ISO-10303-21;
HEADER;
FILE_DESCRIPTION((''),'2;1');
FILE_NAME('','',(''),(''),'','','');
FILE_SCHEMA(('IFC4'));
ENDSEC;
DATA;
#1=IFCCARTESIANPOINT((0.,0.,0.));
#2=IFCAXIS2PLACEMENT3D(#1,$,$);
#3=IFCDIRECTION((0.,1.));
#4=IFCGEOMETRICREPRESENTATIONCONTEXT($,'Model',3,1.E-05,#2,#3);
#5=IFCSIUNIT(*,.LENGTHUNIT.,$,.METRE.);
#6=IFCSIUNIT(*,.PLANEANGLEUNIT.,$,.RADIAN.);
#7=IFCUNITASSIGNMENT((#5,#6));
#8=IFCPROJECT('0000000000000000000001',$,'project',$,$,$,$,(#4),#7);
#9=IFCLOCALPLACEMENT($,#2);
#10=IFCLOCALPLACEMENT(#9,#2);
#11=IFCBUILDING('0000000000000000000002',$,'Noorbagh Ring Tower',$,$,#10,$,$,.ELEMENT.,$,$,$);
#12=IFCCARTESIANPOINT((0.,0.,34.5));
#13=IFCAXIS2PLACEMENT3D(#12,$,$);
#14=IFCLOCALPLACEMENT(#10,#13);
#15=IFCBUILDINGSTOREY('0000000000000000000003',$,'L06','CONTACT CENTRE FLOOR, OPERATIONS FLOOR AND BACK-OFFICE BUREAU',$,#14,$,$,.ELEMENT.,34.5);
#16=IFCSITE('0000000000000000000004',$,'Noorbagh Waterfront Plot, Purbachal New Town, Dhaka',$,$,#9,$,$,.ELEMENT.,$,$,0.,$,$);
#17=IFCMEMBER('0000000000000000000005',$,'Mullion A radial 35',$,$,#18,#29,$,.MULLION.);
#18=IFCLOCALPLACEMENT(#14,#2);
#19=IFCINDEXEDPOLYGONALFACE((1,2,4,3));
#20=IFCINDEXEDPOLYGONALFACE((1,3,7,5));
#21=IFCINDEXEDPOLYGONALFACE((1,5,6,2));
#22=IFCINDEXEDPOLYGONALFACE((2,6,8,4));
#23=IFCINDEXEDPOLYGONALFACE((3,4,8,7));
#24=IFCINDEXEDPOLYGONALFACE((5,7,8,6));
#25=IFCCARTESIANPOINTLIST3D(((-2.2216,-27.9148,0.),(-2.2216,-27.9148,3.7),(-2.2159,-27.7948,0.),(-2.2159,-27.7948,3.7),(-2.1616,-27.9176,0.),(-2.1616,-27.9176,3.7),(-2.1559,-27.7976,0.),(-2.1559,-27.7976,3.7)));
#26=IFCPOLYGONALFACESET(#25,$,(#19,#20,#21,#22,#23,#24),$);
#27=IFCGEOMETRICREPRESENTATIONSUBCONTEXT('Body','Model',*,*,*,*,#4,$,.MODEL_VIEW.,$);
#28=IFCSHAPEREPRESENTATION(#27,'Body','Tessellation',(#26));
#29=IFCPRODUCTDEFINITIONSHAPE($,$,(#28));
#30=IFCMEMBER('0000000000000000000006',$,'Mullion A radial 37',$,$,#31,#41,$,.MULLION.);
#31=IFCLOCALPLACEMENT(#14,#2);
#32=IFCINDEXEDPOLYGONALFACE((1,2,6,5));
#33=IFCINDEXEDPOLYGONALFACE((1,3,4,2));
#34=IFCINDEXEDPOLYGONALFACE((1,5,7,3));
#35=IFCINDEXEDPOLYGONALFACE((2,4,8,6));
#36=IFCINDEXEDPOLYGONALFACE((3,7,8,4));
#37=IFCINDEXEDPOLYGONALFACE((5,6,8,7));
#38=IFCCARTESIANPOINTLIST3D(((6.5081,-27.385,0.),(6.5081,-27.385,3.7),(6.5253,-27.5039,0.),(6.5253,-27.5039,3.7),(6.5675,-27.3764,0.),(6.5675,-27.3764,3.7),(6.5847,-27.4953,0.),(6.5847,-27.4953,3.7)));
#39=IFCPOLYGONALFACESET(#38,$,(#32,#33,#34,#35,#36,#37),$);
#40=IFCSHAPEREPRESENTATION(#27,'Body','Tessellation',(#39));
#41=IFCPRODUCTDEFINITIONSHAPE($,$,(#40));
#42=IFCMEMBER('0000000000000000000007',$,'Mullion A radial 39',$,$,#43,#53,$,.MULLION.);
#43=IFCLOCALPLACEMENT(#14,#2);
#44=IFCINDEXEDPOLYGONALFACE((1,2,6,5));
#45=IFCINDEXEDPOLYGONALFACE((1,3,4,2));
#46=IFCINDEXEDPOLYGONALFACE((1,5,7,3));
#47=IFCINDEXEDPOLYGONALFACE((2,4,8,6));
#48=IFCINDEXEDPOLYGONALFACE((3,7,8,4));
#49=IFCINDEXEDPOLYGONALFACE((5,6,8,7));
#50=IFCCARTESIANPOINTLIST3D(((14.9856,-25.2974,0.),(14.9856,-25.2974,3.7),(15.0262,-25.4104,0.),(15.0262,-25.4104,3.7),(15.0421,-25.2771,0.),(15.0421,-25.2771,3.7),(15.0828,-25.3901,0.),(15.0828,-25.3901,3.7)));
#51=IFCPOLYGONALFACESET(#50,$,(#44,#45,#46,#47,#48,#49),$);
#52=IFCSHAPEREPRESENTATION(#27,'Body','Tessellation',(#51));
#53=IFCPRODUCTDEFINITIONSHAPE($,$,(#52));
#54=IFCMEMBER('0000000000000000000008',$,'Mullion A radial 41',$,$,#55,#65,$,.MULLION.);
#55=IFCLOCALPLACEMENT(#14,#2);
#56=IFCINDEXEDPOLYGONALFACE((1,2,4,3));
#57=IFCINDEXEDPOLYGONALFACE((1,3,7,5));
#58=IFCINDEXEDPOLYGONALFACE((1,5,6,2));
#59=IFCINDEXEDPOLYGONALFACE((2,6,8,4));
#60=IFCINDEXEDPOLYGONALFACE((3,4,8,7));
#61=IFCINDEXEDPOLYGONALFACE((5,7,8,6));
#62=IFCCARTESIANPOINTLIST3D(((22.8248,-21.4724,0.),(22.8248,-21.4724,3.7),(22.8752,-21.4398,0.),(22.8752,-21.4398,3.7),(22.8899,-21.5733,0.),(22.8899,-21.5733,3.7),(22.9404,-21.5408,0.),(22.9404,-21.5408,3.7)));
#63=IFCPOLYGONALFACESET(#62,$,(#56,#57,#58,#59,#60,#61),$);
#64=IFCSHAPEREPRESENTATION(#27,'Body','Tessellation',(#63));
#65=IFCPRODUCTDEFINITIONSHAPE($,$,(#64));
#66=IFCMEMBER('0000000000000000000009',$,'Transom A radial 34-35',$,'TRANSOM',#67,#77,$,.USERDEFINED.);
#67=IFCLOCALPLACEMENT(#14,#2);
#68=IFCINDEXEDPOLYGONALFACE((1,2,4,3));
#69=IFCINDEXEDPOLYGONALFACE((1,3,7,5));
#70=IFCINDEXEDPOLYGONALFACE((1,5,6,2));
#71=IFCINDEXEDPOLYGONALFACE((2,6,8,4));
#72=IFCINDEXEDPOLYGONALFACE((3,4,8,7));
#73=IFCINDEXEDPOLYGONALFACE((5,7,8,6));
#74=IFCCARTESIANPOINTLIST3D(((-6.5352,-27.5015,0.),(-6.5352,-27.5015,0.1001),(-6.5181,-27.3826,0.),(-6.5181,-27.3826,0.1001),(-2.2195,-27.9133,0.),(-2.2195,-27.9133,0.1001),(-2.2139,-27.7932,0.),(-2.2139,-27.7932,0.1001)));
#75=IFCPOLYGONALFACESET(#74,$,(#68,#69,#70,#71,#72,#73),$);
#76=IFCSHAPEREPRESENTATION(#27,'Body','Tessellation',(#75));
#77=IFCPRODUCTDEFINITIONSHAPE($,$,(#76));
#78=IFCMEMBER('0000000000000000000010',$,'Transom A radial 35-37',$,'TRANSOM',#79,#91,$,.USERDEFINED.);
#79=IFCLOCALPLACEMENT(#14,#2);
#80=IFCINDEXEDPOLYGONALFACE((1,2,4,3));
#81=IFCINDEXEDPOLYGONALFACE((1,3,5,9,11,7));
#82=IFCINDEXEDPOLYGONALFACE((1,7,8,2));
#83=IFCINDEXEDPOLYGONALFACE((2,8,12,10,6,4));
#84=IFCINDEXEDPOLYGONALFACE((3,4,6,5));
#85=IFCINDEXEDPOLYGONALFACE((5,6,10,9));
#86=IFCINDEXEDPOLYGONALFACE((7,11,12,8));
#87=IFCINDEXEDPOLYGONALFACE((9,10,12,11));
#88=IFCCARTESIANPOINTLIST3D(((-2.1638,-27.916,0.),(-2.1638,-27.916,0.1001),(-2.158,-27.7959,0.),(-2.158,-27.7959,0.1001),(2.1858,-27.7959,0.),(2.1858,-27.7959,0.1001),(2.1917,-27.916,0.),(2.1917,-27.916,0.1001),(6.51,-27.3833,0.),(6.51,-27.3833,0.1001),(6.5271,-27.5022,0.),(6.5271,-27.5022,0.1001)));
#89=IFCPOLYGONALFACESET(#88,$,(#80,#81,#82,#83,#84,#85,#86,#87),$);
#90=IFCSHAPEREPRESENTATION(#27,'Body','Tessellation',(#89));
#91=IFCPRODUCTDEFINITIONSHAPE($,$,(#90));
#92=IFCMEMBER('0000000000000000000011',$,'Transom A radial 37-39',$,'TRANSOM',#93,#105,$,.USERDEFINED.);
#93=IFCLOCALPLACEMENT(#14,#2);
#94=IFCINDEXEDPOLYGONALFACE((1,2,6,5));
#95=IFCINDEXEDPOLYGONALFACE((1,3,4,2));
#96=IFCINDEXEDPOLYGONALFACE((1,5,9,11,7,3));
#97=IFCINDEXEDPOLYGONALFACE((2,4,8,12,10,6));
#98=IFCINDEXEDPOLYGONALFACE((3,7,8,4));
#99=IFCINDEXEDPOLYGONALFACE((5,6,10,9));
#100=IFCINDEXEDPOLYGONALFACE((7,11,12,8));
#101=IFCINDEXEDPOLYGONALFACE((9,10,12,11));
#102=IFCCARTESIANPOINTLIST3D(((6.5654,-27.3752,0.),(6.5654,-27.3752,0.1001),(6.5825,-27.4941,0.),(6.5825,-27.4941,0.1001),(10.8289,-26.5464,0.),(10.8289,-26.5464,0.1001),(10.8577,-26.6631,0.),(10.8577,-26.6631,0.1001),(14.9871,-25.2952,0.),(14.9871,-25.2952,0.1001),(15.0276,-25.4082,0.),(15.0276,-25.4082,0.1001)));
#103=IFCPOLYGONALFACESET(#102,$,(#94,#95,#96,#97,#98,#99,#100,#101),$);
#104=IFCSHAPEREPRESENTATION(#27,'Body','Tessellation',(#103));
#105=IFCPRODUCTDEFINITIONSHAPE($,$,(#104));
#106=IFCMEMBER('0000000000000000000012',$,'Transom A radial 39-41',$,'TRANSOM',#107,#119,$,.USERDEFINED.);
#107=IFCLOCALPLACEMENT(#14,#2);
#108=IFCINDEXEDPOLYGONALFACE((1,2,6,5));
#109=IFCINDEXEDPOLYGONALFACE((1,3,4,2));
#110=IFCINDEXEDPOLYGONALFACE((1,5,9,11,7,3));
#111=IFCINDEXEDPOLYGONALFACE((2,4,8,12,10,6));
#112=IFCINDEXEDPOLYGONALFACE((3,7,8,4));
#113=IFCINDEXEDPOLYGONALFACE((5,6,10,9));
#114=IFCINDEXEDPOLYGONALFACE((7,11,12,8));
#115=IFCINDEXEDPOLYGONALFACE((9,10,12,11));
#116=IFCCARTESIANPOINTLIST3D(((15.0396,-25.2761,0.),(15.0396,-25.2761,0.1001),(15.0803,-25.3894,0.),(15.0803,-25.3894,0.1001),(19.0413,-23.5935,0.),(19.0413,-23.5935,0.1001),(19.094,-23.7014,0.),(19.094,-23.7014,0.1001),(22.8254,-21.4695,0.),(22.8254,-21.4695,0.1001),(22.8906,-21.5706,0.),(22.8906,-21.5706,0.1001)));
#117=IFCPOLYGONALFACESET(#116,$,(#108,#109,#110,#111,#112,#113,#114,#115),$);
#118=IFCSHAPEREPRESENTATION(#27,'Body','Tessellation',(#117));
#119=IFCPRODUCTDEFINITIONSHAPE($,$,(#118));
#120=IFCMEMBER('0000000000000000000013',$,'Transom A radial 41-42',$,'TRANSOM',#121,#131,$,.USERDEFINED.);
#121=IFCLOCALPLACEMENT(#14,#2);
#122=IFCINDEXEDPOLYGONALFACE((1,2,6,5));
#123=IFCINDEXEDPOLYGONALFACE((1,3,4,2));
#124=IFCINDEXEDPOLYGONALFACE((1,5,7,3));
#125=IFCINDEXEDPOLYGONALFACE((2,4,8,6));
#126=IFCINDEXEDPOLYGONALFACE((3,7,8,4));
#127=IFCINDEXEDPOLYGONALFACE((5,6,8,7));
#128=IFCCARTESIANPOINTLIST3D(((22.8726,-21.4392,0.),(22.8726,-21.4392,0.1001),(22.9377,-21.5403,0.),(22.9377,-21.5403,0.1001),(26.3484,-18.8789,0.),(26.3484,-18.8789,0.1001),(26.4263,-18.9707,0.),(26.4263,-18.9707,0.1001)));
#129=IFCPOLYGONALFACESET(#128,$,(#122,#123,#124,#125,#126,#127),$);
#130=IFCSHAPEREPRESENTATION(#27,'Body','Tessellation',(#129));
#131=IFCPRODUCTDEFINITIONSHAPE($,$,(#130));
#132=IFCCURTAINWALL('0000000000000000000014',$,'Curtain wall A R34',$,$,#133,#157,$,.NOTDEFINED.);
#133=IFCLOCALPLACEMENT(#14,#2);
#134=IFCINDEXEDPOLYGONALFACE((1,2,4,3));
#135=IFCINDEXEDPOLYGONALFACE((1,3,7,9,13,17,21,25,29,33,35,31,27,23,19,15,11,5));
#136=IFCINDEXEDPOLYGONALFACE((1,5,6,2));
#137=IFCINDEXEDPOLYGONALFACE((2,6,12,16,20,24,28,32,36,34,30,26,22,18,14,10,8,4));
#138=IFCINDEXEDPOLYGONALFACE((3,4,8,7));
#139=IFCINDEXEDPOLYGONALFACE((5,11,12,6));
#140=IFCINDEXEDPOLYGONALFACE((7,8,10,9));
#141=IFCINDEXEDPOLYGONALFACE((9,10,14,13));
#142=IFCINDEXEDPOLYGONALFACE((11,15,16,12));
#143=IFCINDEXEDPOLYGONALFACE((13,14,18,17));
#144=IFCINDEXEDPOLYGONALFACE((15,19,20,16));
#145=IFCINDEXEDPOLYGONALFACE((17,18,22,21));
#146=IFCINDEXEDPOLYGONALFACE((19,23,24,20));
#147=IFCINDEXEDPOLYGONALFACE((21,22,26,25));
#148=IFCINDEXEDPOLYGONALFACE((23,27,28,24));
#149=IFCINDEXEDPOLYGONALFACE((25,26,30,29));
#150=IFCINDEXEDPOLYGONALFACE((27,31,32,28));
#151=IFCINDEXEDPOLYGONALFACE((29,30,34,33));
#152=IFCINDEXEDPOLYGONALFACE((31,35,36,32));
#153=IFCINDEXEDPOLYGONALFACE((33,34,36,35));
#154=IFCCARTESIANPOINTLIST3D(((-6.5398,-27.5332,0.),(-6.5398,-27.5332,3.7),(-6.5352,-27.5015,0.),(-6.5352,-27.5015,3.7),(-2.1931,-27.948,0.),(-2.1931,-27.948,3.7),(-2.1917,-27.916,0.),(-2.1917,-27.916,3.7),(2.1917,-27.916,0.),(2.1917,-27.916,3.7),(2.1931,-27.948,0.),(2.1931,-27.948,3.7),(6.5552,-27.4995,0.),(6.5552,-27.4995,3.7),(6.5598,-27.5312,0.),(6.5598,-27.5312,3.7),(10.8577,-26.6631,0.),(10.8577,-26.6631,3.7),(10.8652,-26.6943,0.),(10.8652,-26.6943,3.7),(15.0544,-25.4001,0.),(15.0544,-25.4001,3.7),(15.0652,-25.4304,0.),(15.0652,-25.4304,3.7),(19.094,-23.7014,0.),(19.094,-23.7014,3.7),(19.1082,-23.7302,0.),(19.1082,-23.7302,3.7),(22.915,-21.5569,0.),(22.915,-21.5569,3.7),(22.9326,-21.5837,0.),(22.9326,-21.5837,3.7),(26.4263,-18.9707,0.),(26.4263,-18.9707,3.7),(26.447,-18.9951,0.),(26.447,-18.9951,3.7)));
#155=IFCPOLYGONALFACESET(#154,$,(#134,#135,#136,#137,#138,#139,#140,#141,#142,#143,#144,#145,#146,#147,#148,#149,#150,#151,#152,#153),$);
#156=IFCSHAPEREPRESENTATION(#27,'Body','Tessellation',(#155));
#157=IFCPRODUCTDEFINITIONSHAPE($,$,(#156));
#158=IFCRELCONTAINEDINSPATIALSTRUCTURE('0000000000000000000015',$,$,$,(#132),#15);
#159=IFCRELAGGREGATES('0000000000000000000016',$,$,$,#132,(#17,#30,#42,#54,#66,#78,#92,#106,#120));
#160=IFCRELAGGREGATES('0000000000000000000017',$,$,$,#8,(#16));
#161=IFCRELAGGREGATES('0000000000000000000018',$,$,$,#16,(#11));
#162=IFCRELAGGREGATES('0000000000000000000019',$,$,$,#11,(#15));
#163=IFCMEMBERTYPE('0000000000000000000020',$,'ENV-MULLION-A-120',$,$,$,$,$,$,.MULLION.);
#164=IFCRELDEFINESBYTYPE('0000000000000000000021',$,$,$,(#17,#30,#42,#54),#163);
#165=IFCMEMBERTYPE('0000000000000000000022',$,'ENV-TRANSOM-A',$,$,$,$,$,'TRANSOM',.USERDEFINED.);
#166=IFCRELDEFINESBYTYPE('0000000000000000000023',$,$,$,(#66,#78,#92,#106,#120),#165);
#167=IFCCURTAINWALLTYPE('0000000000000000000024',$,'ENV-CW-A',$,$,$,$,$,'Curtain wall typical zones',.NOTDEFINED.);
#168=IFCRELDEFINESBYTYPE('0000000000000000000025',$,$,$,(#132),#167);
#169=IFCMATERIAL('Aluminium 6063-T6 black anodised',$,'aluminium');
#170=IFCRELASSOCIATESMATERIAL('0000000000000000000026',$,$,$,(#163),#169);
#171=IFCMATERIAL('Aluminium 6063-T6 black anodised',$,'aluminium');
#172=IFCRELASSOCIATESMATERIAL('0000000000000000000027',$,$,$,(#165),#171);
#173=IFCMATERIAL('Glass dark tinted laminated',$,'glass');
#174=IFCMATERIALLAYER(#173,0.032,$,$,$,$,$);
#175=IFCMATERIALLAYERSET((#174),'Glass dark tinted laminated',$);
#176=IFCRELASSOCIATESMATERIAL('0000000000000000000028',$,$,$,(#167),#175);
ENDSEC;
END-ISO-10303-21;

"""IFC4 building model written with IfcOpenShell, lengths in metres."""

from ifc_helpers import new_model, si_unit, direction, frame, origin, origin_2d, place, context, subcontext, project, spatial, polyline, rectangle, outline, extrude, material, layer, layer_set, material_profile, profile_set, type_object, element, aggregate, save


model = new_model("IFC4")

# Units and contexts
model_context = context("Model", 3, precision=1e-05, world=origin(), true_north=direction((0.0, 1.0)))
body_context = subcontext(model_context, "Body", "Model", "MODEL_VIEW")
ifc_project = project(units=[si_unit("LENGTHUNIT", "METRE"), si_unit("PLANEANGLEUNIT", "RADIAN")], contexts=[model_context])

# Members
ifc_material_1 = material(Name="Aluminium 6063-T6 black anodised", Category="aluminium")
ifc_material_profile = material_profile(ifc_material_1, rectangle(XDim=0.1201, YDim=0.0601, at=origin_2d()), Name="120x60")
ifc_profile_set = profile_set([ifc_material_profile], Name="Aluminium 6063-T6 black anodised")
member_type_1 = type_object("IfcMemberType", Name="ENV-MULLION-A-120", PredefinedType="MULLION", material=ifc_profile_set)
site_placement = place(None, origin())
building_placement = place(site_placement, origin())
storey_placement = place(building_placement, frame((0.0, 0.0, 34.5)))
member_1_placement = place(storey_placement, frame((-2.1887, -27.8562, 0.0), z_axis=(0.0, 0.0, 1.0), x_axis=(0.047558, 0.998868, 0.0)))
member_1 = element("IfcMember", 1, at=member_1_placement, type_object=member_type_1, Name="Mullion A radial 35", PredefinedType="MULLION", context=body_context, shape_type="SweptSolid", body=[
    extrude(rectangle(XDim=0.1201, YDim=0.0601, at=origin_2d()), origin(), (0.0, 0.0, 1.0), 3.7),
])
member_2_placement = place(storey_placement, frame((6.5464, -27.4402, 0.0), z_axis=(0.0, 0.0, 1.0), x_axis=(-0.143082, 0.989711, 0.0)))
member_2 = element("IfcMember", 2, at=member_2_placement, type_object=member_type_1, Name="Mullion A radial 37", PredefinedType="MULLION", context=body_context, shape_type="SweptSolid", body=[
    extrude(rectangle(XDim=0.1201, YDim=0.0601, at=origin_2d()), origin(), (0.0, 0.0, 1.0), 3.7),
])
member_3_placement = place(storey_placement, frame((15.0342, -25.3438, 0.0), z_axis=(0.0, 0.0, 1.0), x_axis=(-0.338379, 0.94101, 0.0)))
member_3 = element("IfcMember", 3, at=member_3_placement, type_object=member_type_1, Name="Mullion A radial 39", PredefinedType="MULLION", context=body_context, shape_type="SweptSolid", body=[
    extrude(rectangle(XDim=0.1201, YDim=0.0601, at=origin_2d()), origin(), (0.0, 0.0, 1.0), 3.7),
])
member_4_placement = place(storey_placement, frame((22.8826, -21.5066, 0.0), z_axis=(0.0, 0.0, 1.0), x_axis=(-0.542279, 0.840198, 0.0)))
member_4 = element("IfcMember", 4, at=member_4_placement, type_object=member_type_1, Name="Mullion A radial 41", PredefinedType="MULLION", context=body_context, shape_type="SweptSolid", body=[
    extrude(rectangle(XDim=0.1201, YDim=0.0601, at=origin_2d()), origin(), (0.0, 0.0, 1.0), 3.7),
])
ifc_material_2 = material(Name="Aluminium 6063-T6 black anodised", Category="aluminium")
member_type_2 = type_object("IfcMemberType", Name="ENV-TRANSOM-A", ElementType="TRANSOM", PredefinedType="USERDEFINED", material=ifc_material_2)
member_5_placement = place(storey_placement, origin())
member_5 = element("IfcMember", 5, at=member_5_placement, type_object=member_type_2, Name="Transom A radial 34-35", ObjectType="TRANSOM", PredefinedType="USERDEFINED", context=body_context, shape_type="SweptSolid", body=[
    extrude(outline(polyline([(-6.5352, -27.5015), (-2.2195, -27.9133), (-2.2139, -27.7932), (-6.5181, -27.3826), (-6.5352, -27.5015)])), origin(), (0.0, 0.0, 1.0), 0.1001),
])
member_6_placement = place(storey_placement, origin())
member_6 = element("IfcMember", 6, at=member_6_placement, type_object=member_type_2, Name="Transom A radial 35-37", ObjectType="TRANSOM", PredefinedType="USERDEFINED", context=body_context, shape_type="SweptSolid", body=[
    extrude(outline(polyline([(-2.1638, -27.916), (2.1917, -27.916), (6.5271, -27.5022), (6.51, -27.3833), (2.1858, -27.7959), (-2.158, -27.7959), (-2.1638, -27.916)])), origin(), (0.0, 0.0, 1.0), 0.1001),
])
member_7_placement = place(storey_placement, origin())
member_7 = element("IfcMember", 7, at=member_7_placement, type_object=member_type_2, Name="Transom A radial 37-39", ObjectType="TRANSOM", PredefinedType="USERDEFINED", context=body_context, shape_type="SweptSolid", body=[
    extrude(outline(polyline([(6.5825, -27.4941), (10.8577, -26.6631), (15.0276, -25.4082), (14.9871, -25.2952), (10.8289, -26.5464), (6.5654, -27.3752), (6.5825, -27.4941)])), origin(), (0.0, 0.0, 1.0), 0.1001),
])
member_8_placement = place(storey_placement, origin())
member_8 = element("IfcMember", 8, at=member_8_placement, type_object=member_type_2, Name="Transom A radial 39-41", ObjectType="TRANSOM", PredefinedType="USERDEFINED", context=body_context, shape_type="SweptSolid", body=[
    extrude(outline(polyline([(15.0803, -25.3894), (19.094, -23.7014), (22.8906, -21.5706), (22.8254, -21.4695), (19.0413, -23.5935), (15.0396, -25.2761), (15.0803, -25.3894)])), origin(), (0.0, 0.0, 1.0), 0.1001),
])
member_9_placement = place(storey_placement, origin())
member_9 = element("IfcMember", 9, at=member_9_placement, type_object=member_type_2, Name="Transom A radial 41-42", ObjectType="TRANSOM", PredefinedType="USERDEFINED", context=body_context, shape_type="SweptSolid", body=[
    extrude(outline(polyline([(22.9377, -21.5403), (26.4263, -18.9707), (26.3484, -18.8789), (22.8726, -21.4392), (22.9377, -21.5403)])), origin(), (0.0, 0.0, 1.0), 0.1001),
])

# Site, building, storey
site = spatial("IfcSite", under=ifc_project, at=site_placement, Name="Noorbagh Waterfront Plot, Purbachal New Town, Dhaka", CompositionType="ELEMENT", RefElevation=0.0)
building = spatial("IfcBuilding", under=site, at=building_placement, Name="Noorbagh Ring Tower", CompositionType="ELEMENT")
storey = spatial("IfcBuildingStorey", under=building, at=storey_placement, Name="L06", Description="CONTACT CENTRE FLOOR, OPERATIONS FLOOR AND BACK-OFFICE BUREAU", CompositionType="ELEMENT", Elevation=34.5)

# Curtain wall
ifc_material_3 = material(Name="Glass dark tinted laminated", Category="glass")
ifc_layer = layer(ifc_material_3, 0.032)
ifc_layer_set = layer_set([ifc_layer], Name="Glass dark tinted laminated")
curtain_wall_type = type_object("IfcCurtainWallType", Name="ENV-CW-A", ElementType="Curtain wall typical zones", PredefinedType="NOTDEFINED", material=ifc_layer_set)
curtain_wall_1_placement = place(storey_placement, origin())
curtain_wall_1 = element("IfcCurtainWall", 10, at=curtain_wall_1_placement, inside=storey, type_object=curtain_wall_type, Name="Curtain wall A R34", PredefinedType="NOTDEFINED", context=body_context, shape_type="SweptSolid", body=[
    extrude(outline(polyline([(-6.5398, -27.5332), (-2.1931, -27.948), (2.1931, -27.948), (6.5598, -27.5312), (10.8652, -26.6943), (15.0652, -25.4304), (19.1082, -23.7302), (22.9326, -21.5837), (26.447, -18.9951), (26.4263, -18.9707), (22.915, -21.5569), (19.094, -23.7014), (15.0544, -25.4001), (10.8577, -26.6631), (6.5552, -27.4995), (2.1917, -27.916), (-2.1917, -27.916), (-6.5352, -27.5015), (-6.5398, -27.5332)])), origin(), (0.0, 0.0, 1.0), 3.7),
])
aggregate(curtain_wall_1, [member_1, member_2, member_3, member_4, member_5, member_6, member_7, member_8, member_9])

save(model, "model.ifc")
